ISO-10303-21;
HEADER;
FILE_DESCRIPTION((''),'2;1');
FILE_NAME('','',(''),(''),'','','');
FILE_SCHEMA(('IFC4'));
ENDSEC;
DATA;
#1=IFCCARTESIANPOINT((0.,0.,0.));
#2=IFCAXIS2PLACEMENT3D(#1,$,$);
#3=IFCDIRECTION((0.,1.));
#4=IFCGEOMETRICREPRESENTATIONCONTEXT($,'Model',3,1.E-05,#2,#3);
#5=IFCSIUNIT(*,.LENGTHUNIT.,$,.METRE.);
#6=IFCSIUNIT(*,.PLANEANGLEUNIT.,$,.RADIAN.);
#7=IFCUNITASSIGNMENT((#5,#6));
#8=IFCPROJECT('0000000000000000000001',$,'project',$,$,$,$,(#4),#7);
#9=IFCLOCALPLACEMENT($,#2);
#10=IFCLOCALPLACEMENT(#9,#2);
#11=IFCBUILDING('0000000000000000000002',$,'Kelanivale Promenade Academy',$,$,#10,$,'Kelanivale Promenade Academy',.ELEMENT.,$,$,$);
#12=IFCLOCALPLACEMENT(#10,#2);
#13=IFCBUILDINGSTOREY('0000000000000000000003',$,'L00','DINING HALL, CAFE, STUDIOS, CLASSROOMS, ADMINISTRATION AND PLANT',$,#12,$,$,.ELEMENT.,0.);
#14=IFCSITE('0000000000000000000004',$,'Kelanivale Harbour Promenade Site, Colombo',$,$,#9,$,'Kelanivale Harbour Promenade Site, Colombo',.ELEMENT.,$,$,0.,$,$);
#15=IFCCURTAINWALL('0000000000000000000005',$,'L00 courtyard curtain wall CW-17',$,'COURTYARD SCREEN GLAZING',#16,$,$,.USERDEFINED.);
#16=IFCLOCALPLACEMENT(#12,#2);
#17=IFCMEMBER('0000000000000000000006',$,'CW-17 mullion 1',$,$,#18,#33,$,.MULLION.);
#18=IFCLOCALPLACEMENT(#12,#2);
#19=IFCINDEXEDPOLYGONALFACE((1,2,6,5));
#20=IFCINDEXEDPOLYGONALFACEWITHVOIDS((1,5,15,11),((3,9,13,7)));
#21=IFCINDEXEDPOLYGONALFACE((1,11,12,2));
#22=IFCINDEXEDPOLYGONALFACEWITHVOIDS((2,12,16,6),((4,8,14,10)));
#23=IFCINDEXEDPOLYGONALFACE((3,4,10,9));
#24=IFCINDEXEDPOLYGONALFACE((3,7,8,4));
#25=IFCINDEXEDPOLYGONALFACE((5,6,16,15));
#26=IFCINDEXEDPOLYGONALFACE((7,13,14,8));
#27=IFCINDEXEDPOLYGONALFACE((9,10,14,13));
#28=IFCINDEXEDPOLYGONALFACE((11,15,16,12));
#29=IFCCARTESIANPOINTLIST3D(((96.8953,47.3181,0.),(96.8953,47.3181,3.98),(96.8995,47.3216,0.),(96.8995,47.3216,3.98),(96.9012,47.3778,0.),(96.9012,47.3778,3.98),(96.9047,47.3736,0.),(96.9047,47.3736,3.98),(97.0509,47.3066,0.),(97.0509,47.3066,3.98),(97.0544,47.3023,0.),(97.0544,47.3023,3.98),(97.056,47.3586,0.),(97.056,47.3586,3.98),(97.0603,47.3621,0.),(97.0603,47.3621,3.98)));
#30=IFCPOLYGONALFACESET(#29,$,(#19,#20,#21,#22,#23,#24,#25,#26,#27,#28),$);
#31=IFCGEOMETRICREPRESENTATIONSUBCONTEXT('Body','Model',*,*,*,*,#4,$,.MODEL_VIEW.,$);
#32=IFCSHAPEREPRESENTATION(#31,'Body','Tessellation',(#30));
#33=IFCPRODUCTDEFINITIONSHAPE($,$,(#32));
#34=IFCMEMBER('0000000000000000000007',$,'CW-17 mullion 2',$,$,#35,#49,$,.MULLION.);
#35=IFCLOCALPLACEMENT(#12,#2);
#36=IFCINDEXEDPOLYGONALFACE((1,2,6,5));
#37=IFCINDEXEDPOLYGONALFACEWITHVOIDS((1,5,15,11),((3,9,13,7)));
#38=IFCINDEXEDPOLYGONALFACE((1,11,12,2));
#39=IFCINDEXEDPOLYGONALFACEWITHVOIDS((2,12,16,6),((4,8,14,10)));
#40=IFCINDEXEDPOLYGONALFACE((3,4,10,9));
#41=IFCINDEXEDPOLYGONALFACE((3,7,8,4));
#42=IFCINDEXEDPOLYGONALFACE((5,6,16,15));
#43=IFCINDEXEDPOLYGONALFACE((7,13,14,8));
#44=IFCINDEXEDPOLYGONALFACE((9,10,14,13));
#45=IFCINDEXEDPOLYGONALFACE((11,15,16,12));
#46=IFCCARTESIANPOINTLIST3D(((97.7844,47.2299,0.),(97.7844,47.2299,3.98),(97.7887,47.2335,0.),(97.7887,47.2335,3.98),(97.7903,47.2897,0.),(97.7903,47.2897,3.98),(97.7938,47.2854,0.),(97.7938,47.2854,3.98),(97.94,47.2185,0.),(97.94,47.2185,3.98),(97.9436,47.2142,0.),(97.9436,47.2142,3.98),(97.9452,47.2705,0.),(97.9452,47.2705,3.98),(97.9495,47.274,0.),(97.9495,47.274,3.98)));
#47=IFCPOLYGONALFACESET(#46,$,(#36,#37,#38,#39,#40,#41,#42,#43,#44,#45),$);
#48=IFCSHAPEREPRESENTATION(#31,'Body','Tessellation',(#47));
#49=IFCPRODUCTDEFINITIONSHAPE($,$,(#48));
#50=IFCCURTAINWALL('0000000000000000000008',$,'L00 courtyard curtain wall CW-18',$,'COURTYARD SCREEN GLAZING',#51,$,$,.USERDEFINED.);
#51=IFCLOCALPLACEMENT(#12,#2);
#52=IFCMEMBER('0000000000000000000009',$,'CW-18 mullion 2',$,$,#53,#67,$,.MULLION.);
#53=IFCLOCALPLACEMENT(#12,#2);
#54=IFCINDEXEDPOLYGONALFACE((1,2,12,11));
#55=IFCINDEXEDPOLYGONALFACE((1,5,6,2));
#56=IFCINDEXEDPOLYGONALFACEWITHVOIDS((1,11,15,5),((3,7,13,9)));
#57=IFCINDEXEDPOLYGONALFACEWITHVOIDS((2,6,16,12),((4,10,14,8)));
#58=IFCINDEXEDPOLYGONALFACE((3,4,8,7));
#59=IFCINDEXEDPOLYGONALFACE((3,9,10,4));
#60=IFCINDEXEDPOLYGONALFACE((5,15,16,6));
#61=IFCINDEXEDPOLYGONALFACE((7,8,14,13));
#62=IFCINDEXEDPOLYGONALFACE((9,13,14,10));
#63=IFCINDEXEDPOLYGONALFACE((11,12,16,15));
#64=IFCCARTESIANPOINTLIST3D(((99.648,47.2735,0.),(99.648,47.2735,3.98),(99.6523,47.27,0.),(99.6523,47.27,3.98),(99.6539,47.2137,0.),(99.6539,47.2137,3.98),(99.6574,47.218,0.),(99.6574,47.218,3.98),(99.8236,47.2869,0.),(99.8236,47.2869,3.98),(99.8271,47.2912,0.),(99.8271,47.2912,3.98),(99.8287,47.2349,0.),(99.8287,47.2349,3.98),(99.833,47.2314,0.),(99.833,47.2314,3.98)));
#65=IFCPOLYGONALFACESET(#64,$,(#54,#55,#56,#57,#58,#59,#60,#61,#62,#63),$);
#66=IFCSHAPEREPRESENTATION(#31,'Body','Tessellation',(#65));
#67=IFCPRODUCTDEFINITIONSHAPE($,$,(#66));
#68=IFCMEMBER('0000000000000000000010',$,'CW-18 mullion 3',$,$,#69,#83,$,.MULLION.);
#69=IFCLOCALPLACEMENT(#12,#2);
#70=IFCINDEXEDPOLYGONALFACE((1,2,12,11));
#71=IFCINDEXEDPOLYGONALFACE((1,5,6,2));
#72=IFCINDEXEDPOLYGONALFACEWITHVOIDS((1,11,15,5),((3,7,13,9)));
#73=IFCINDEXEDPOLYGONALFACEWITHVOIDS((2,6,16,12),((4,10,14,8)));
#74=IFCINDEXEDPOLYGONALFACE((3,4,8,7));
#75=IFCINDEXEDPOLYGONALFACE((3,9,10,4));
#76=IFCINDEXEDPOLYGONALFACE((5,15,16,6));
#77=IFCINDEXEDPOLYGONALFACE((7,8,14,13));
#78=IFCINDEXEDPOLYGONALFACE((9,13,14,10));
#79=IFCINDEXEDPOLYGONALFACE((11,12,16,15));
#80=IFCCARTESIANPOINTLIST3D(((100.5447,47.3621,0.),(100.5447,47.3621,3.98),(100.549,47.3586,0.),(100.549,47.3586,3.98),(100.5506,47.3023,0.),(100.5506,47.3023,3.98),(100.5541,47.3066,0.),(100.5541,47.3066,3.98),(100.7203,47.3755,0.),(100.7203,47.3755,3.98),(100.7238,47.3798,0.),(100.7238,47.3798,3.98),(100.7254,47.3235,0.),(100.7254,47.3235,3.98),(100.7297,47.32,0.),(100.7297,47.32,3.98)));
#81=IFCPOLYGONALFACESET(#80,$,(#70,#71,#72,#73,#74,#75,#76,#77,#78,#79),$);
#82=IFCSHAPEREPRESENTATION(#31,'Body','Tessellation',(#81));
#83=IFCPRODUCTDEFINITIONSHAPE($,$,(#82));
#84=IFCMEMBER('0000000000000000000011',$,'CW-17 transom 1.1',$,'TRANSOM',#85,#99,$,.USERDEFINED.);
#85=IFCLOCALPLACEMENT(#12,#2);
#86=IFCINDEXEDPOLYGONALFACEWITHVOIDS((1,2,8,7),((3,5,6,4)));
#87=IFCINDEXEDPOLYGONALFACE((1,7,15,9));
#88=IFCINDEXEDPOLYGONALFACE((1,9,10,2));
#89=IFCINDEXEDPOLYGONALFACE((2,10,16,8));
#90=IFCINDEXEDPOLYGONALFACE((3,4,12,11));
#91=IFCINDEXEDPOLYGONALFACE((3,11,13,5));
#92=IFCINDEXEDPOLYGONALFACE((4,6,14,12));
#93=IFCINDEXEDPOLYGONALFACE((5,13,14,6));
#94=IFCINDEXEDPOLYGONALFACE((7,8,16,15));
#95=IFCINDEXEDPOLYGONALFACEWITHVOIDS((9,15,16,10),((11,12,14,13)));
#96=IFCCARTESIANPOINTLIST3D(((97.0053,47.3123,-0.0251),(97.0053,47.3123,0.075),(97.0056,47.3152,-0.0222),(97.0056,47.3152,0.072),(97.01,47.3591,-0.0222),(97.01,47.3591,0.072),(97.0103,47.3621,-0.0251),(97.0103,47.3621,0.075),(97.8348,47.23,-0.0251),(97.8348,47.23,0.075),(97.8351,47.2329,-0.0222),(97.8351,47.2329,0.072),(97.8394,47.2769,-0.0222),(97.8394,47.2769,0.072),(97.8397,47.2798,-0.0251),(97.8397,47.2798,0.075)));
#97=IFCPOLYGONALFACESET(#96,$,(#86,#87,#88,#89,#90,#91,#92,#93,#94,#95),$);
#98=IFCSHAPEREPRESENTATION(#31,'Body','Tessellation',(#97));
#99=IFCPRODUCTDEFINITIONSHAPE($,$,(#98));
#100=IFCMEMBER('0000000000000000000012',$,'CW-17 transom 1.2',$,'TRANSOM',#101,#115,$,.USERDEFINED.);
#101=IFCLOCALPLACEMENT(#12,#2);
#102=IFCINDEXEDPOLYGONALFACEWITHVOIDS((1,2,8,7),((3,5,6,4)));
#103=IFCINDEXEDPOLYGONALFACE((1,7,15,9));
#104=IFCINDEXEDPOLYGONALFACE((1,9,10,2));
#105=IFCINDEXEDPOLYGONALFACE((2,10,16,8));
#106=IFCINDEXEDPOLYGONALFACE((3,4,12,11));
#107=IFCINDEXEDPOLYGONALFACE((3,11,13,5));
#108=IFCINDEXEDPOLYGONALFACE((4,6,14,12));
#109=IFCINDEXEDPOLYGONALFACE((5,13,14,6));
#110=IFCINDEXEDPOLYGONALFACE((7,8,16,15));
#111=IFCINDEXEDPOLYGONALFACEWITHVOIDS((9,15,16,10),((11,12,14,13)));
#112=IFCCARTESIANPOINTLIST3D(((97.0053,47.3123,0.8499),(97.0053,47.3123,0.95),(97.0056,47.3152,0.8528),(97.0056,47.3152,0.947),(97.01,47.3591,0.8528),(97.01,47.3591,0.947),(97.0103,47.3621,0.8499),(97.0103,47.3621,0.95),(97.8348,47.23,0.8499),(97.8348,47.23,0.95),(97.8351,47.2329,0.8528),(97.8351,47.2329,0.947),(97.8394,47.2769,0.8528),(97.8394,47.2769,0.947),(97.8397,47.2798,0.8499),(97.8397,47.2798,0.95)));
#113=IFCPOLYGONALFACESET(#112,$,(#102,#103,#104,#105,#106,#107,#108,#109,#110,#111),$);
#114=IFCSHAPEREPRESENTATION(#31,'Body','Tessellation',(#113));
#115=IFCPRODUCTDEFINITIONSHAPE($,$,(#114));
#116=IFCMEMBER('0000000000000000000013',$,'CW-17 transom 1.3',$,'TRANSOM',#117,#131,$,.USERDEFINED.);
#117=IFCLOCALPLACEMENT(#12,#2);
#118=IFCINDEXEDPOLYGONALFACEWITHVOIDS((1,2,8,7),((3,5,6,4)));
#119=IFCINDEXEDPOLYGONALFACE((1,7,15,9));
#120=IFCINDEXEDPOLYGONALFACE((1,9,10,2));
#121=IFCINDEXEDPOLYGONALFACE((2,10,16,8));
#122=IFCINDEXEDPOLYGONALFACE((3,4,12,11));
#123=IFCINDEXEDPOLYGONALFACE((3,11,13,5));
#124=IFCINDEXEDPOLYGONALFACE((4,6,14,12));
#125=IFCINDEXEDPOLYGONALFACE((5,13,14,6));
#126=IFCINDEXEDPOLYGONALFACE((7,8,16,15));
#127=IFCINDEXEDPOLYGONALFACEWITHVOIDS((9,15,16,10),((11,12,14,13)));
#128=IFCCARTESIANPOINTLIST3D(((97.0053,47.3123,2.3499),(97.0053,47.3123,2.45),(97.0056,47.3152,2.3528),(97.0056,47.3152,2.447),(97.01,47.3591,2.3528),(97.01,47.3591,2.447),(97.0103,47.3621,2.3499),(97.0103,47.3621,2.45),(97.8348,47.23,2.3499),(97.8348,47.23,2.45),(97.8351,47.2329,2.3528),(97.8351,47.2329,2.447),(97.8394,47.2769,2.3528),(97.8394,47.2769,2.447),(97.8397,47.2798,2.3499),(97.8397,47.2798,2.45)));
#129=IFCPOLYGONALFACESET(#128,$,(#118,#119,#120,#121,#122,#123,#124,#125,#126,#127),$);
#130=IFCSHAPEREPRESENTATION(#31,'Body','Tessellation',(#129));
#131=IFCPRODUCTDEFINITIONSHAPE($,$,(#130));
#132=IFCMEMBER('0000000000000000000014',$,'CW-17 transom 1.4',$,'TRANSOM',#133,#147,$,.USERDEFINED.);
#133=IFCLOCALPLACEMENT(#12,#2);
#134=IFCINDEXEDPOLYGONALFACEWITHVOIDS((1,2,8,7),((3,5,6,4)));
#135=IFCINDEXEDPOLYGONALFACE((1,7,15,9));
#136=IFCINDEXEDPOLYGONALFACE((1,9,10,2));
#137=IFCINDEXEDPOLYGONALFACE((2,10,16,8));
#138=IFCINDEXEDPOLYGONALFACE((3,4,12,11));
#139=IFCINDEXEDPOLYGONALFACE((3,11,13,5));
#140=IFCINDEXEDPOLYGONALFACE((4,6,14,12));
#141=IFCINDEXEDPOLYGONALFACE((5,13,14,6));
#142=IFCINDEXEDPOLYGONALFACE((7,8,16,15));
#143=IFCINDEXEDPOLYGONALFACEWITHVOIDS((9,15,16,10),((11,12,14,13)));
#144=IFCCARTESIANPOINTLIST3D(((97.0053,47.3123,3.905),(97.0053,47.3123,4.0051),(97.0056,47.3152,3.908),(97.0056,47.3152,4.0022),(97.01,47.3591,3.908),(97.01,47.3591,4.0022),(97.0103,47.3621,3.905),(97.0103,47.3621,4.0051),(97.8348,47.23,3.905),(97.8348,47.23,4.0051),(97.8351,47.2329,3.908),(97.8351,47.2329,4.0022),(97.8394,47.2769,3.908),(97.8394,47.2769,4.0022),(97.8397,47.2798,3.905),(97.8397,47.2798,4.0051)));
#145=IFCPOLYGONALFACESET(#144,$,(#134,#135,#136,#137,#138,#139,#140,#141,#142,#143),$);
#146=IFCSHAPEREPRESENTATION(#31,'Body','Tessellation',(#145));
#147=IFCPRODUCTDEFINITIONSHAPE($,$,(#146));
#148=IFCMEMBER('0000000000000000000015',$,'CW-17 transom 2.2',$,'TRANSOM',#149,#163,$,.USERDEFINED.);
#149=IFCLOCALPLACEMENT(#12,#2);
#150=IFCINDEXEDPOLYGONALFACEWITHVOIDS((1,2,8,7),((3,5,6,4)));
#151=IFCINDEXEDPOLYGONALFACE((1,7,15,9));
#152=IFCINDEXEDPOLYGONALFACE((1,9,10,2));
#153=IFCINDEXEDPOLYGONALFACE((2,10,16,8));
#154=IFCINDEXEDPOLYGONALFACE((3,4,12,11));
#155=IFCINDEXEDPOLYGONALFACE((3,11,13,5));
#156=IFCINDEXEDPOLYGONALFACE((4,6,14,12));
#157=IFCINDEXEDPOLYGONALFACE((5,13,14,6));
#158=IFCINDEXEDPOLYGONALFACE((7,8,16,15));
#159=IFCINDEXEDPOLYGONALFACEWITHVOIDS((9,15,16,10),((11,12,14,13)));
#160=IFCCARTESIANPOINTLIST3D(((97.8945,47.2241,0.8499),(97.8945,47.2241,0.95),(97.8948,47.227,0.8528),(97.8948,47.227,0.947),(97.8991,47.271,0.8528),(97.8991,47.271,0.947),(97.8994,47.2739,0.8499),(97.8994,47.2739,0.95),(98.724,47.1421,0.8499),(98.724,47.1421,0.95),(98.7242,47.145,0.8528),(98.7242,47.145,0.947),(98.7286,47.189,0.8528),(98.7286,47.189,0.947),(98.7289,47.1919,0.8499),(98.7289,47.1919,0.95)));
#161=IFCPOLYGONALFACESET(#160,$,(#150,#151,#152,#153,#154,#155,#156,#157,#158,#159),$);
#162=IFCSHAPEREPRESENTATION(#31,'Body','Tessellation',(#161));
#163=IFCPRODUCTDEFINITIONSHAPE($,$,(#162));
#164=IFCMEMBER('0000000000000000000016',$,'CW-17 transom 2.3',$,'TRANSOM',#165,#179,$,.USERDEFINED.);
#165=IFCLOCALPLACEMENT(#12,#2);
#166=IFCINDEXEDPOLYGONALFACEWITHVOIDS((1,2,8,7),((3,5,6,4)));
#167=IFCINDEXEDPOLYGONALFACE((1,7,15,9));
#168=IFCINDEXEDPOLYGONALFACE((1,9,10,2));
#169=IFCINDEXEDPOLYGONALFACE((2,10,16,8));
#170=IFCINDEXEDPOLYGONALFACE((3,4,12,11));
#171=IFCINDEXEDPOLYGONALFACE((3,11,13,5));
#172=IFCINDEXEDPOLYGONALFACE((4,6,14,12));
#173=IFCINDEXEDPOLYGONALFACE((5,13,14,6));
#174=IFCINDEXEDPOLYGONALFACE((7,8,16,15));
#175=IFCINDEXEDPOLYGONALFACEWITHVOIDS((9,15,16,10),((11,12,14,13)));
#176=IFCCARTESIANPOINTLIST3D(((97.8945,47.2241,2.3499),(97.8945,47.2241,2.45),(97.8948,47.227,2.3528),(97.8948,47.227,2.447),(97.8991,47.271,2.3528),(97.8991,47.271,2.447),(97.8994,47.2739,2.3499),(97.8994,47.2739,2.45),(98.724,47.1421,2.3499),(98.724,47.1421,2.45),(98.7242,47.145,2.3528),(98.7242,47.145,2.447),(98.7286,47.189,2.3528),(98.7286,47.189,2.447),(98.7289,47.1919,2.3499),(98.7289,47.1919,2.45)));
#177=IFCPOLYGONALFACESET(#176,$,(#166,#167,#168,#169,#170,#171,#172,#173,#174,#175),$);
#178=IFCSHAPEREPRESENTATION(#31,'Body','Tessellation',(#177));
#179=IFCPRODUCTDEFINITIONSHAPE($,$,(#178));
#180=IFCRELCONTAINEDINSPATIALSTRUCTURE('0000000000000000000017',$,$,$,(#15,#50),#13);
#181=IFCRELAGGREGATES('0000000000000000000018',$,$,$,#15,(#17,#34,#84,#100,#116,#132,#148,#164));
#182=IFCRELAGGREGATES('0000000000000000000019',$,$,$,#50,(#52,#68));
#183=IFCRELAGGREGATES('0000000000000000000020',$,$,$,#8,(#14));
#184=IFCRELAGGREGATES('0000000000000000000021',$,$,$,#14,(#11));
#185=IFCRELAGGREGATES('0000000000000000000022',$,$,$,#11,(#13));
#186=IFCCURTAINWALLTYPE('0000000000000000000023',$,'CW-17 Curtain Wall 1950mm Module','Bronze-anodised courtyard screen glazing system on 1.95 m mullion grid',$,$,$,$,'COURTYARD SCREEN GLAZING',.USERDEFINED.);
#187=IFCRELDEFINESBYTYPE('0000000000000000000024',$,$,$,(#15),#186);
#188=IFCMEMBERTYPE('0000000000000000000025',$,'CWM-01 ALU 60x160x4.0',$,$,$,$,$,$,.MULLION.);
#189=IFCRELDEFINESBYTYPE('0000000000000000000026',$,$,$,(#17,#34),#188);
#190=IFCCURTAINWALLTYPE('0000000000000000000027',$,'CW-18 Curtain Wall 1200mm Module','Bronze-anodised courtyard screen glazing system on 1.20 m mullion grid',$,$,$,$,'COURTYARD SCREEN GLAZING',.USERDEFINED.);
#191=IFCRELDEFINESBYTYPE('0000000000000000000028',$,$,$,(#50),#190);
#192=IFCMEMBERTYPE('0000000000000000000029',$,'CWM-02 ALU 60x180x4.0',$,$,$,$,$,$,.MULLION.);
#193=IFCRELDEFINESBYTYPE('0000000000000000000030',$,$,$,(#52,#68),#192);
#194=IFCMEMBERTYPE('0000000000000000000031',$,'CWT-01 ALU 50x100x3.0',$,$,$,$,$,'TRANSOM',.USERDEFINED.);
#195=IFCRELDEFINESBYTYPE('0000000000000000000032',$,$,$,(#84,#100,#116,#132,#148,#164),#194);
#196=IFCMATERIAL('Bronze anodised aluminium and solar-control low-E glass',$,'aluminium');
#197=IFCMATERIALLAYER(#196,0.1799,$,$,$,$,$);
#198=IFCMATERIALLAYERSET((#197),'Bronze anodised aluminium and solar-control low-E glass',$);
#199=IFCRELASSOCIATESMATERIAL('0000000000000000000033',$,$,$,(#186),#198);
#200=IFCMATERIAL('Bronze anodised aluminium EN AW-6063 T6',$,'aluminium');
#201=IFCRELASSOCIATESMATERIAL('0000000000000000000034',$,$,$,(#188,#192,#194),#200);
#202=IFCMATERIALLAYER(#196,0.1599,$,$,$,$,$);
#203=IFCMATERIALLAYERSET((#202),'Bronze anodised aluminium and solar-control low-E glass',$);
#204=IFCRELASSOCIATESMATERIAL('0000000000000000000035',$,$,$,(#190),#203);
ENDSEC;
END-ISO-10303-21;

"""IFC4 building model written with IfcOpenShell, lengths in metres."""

from ifc_helpers import new_model, si_unit, direction, frame, origin, origin_2d, place, context, subcontext, project, spatial, hollow_rectangle, extrude, material, layer, layer_set, material_profile, profile_set, type_object, element, aggregate, save


model = new_model("IFC4")

# Units and contexts
model_context = context("Model", 3, precision=1e-05, world=origin(), true_north=direction((0.0, 1.0)))
body_context = subcontext(model_context, "Body", "Model", "MODEL_VIEW")
ifc_project = project(units=[si_unit("LENGTHUNIT", "METRE"), si_unit("PLANEANGLEUNIT", "RADIAN")], contexts=[model_context])

# Site, building, storey
site_placement = place(None, origin())
site = spatial("IfcSite", under=ifc_project, at=site_placement, Name="Kelanivale Harbour Promenade Site, Colombo", LongName="Kelanivale Harbour Promenade Site, Colombo", CompositionType="ELEMENT", RefElevation=0.0)
building_placement = place(site_placement, origin())
building = spatial("IfcBuilding", under=site, at=building_placement, Name="Kelanivale Promenade Academy", LongName="Kelanivale Promenade Academy", CompositionType="ELEMENT")
storey_placement = place(building_placement, origin())
storey = spatial("IfcBuildingStorey", under=building, at=storey_placement, Name="L00", Description="DINING HALL, CAFE, STUDIOS, CLASSROOMS, ADMINISTRATION AND PLANT", CompositionType="ELEMENT", Elevation=0.0)

# Curtain walls, members
ifc_material_1 = material(Name="Bronze anodised aluminium and solar-control low-E glass", Category="aluminium")
ifc_layer_1 = layer(ifc_material_1, 0.1799)
ifc_layer_set_1 = layer_set([ifc_layer_1], Name="Bronze anodised aluminium and solar-control low-E glass")
curtain_wall_type_1 = type_object("IfcCurtainWallType", Name="CW-17 Curtain Wall 1950mm Module", Description="Bronze-anodised courtyard screen glazing system on 1.95 m mullion grid", ElementType="COURTYARD SCREEN GLAZING", PredefinedType="USERDEFINED", material=ifc_layer_set_1)
curtain_wall_1_placement = place(storey_placement, origin())
curtain_wall_1 = element("IfcCurtainWall", 1, at=curtain_wall_1_placement, inside=storey, type_object=curtain_wall_type_1, Name="L00 courtyard curtain wall CW-17", ObjectType="COURTYARD SCREEN GLAZING", PredefinedType="USERDEFINED")
ifc_material_2 = material(Name="Bronze anodised aluminium EN AW-6063 T6", Category="aluminium")
ifc_material_profile_1 = material_profile(ifc_material_2, hollow_rectangle(XDim=0.0601, YDim=0.1599, WallThickness=0.0039, at=origin_2d()), Name="ALU 60x160x4.0")
ifc_profile_set_1 = profile_set([ifc_material_profile_1], Name="Bronze anodised aluminium EN AW-6063 T6")
member_type_1 = type_object("IfcMemberType", Name="CWM-01 ALU 60x160x4.0", PredefinedType="MULLION", material=ifc_profile_set_1)
member_1_placement = place(storey_placement, frame((96.9778, 47.3401, 0.0), z_axis=(0.0, 0.0, 1.0), x_axis=(0.098539, 0.995133, 0.0)))
member_1 = element("IfcMember", 2, at=member_1_placement, type_object=member_type_1, Name="CW-17 mullion 1", PredefinedType="MULLION", context=body_context, shape_type="SweptSolid", body=[
    extrude(hollow_rectangle(XDim=0.0601, YDim=0.1599, WallThickness=0.0039, at=origin_2d()), origin(), (0.0, 0.0, 1.0), 3.98),
])
member_2_placement = place(storey_placement, frame((97.8669, 47.252, 0.0), z_axis=(0.0, 0.0, 1.0), x_axis=(0.098539, 0.995133, 0.0)))
member_2 = element("IfcMember", 3, at=member_2_placement, type_object=member_type_1, Name="CW-17 mullion 2", PredefinedType="MULLION", context=body_context, shape_type="SweptSolid", body=[
    extrude(hollow_rectangle(XDim=0.0601, YDim=0.1599, WallThickness=0.0039, at=origin_2d()), origin(), (0.0, 0.0, 1.0), 3.98),
])
ifc_layer_2 = layer(ifc_material_1, 0.1599)
ifc_layer_set_2 = layer_set([ifc_layer_2], Name="Bronze anodised aluminium and solar-control low-E glass")
curtain_wall_type_2 = type_object("IfcCurtainWallType", Name="CW-18 Curtain Wall 1200mm Module", Description="Bronze-anodised courtyard screen glazing system on 1.20 m mullion grid", ElementType="COURTYARD SCREEN GLAZING", PredefinedType="USERDEFINED", material=ifc_layer_set_2)
curtain_wall_2_placement = place(storey_placement, origin())
curtain_wall_2 = element("IfcCurtainWall", 4, at=curtain_wall_2_placement, inside=storey, type_object=curtain_wall_type_2, Name="L00 courtyard curtain wall CW-18", ObjectType="COURTYARD SCREEN GLAZING", PredefinedType="USERDEFINED")
ifc_material_profile_2 = material_profile(ifc_material_2, hollow_rectangle(XDim=0.0601, YDim=0.1799, WallThickness=0.0039, at=origin_2d()), Name="ALU 60x180x4.0")
ifc_profile_set_2 = profile_set([ifc_material_profile_2], Name="Bronze anodised aluminium EN AW-6063 T6")
member_type_2 = type_object("IfcMemberType", Name="CWM-02 ALU 60x180x4.0", PredefinedType="MULLION", material=ifc_profile_set_2)
member_3_placement = place(storey_placement, frame((99.7405, 47.2524, 0.0), z_axis=(0.0, 0.0, 1.0), x_axis=(-0.098281, 0.995159, 0.0)))
member_3 = element("IfcMember", 5, at=member_3_placement, type_object=member_type_2, Name="CW-18 mullion 2", PredefinedType="MULLION", context=body_context, shape_type="SweptSolid", body=[
    extrude(hollow_rectangle(XDim=0.0601, YDim=0.1799, WallThickness=0.0039, at=origin_2d()), origin(), (0.0, 0.0, 1.0), 3.98),
])
member_4_placement = place(storey_placement, frame((100.6372, 47.3411, 0.0), z_axis=(0.0, 0.0, 1.0), x_axis=(-0.098281, 0.995159, 0.0)))
member_4 = element("IfcMember", 6, at=member_4_placement, type_object=member_type_2, Name="CW-18 mullion 3", PredefinedType="MULLION", context=body_context, shape_type="SweptSolid", body=[
    extrude(hollow_rectangle(XDim=0.0601, YDim=0.1799, WallThickness=0.0039, at=origin_2d()), origin(), (0.0, 0.0, 1.0), 3.98),
])

# Members
ifc_material_profile_3 = material_profile(ifc_material_2, hollow_rectangle(XDim=0.05, YDim=0.1001, WallThickness=0.0029, at=origin_2d()), Name="ALU 50x100x3.0")
ifc_profile_set_3 = profile_set([ifc_material_profile_3], Name="Bronze anodised aluminium EN AW-6063 T6")
member_type_3 = type_object("IfcMemberType", Name="CWT-01 ALU 50x100x3.0", ElementType="TRANSOM", PredefinedType="USERDEFINED", material=ifc_profile_set_3)
member_5_placement = place(storey_placement, frame((97.0078, 47.3372, 0.0249), z_axis=(0.995115, -0.098721, 0.0), x_axis=(0.098721, 0.995115, 0.0)))
member_5 = element("IfcMember", 7, at=member_5_placement, type_object=member_type_3, Name="CW-17 transom 1.1", ObjectType="TRANSOM", PredefinedType="USERDEFINED", context=body_context, shape_type="SweptSolid", body=[
    extrude(hollow_rectangle(XDim=0.05, YDim=0.1001, WallThickness=0.0029, at=origin_2d()), origin(), (0.0, 0.0, 1.0), 0.8335),
])
member_6_placement = place(storey_placement, frame((97.0078, 47.3372, 0.8999), z_axis=(0.995115, -0.098721, 0.0), x_axis=(0.098721, 0.995115, 0.0)))
member_6 = element("IfcMember", 8, at=member_6_placement, type_object=member_type_3, Name="CW-17 transom 1.2", ObjectType="TRANSOM", PredefinedType="USERDEFINED", context=body_context, shape_type="SweptSolid", body=[
    extrude(hollow_rectangle(XDim=0.05, YDim=0.1001, WallThickness=0.0029, at=origin_2d()), origin(), (0.0, 0.0, 1.0), 0.8335),
])
member_7_placement = place(storey_placement, frame((97.0078, 47.3372, 2.3999), z_axis=(0.995115, -0.098721, 0.0), x_axis=(0.098721, 0.995115, 0.0)))
member_7 = element("IfcMember", 9, at=member_7_placement, type_object=member_type_3, Name="CW-17 transom 1.3", ObjectType="TRANSOM", PredefinedType="USERDEFINED", context=body_context, shape_type="SweptSolid", body=[
    extrude(hollow_rectangle(XDim=0.05, YDim=0.1001, WallThickness=0.0029, at=origin_2d()), origin(), (0.0, 0.0, 1.0), 0.8335),
])
member_8_placement = place(storey_placement, frame((97.0078, 47.3372, 3.9551), z_axis=(0.995115, -0.098721, 0.0), x_axis=(0.098721, 0.995115, 0.0)))
member_8 = element("IfcMember", 10, at=member_8_placement, type_object=member_type_3, Name="CW-17 transom 1.4", ObjectType="TRANSOM", PredefinedType="USERDEFINED", context=body_context, shape_type="SweptSolid", body=[
    extrude(hollow_rectangle(XDim=0.05, YDim=0.1001, WallThickness=0.0029, at=origin_2d()), origin(), (0.0, 0.0, 1.0), 0.8335),
])
member_9_placement = place(storey_placement, frame((97.897, 47.249, 0.8999), z_axis=(0.995144, -0.09843, 0.0), x_axis=(0.09843, 0.995144, 0.0)))
member_9 = element("IfcMember", 11, at=member_9_placement, type_object=member_type_3, Name="CW-17 transom 2.2", ObjectType="TRANSOM", PredefinedType="USERDEFINED", context=body_context, shape_type="SweptSolid", body=[
    extrude(hollow_rectangle(XDim=0.05, YDim=0.1001, WallThickness=0.0029, at=origin_2d()), origin(), (0.0, 0.0, 1.0), 0.8335),
])
member_10_placement = place(storey_placement, frame((97.897, 47.249, 2.3999), z_axis=(0.995144, -0.09843, 0.0), x_axis=(0.09843, 0.995144, 0.0)))
member_10 = element("IfcMember", 12, at=member_10_placement, type_object=member_type_3, Name="CW-17 transom 2.3", ObjectType="TRANSOM", PredefinedType="USERDEFINED", context=body_context, shape_type="SweptSolid", body=[
    extrude(hollow_rectangle(XDim=0.05, YDim=0.1001, WallThickness=0.0029, at=origin_2d()), origin(), (0.0, 0.0, 1.0), 0.8335),
])

aggregate(curtain_wall_1, [member_1, member_2, member_5, member_6, member_7, member_8, member_9, member_10])
aggregate(curtain_wall_2, [member_3, member_4])

save(model, "model.ifc")
